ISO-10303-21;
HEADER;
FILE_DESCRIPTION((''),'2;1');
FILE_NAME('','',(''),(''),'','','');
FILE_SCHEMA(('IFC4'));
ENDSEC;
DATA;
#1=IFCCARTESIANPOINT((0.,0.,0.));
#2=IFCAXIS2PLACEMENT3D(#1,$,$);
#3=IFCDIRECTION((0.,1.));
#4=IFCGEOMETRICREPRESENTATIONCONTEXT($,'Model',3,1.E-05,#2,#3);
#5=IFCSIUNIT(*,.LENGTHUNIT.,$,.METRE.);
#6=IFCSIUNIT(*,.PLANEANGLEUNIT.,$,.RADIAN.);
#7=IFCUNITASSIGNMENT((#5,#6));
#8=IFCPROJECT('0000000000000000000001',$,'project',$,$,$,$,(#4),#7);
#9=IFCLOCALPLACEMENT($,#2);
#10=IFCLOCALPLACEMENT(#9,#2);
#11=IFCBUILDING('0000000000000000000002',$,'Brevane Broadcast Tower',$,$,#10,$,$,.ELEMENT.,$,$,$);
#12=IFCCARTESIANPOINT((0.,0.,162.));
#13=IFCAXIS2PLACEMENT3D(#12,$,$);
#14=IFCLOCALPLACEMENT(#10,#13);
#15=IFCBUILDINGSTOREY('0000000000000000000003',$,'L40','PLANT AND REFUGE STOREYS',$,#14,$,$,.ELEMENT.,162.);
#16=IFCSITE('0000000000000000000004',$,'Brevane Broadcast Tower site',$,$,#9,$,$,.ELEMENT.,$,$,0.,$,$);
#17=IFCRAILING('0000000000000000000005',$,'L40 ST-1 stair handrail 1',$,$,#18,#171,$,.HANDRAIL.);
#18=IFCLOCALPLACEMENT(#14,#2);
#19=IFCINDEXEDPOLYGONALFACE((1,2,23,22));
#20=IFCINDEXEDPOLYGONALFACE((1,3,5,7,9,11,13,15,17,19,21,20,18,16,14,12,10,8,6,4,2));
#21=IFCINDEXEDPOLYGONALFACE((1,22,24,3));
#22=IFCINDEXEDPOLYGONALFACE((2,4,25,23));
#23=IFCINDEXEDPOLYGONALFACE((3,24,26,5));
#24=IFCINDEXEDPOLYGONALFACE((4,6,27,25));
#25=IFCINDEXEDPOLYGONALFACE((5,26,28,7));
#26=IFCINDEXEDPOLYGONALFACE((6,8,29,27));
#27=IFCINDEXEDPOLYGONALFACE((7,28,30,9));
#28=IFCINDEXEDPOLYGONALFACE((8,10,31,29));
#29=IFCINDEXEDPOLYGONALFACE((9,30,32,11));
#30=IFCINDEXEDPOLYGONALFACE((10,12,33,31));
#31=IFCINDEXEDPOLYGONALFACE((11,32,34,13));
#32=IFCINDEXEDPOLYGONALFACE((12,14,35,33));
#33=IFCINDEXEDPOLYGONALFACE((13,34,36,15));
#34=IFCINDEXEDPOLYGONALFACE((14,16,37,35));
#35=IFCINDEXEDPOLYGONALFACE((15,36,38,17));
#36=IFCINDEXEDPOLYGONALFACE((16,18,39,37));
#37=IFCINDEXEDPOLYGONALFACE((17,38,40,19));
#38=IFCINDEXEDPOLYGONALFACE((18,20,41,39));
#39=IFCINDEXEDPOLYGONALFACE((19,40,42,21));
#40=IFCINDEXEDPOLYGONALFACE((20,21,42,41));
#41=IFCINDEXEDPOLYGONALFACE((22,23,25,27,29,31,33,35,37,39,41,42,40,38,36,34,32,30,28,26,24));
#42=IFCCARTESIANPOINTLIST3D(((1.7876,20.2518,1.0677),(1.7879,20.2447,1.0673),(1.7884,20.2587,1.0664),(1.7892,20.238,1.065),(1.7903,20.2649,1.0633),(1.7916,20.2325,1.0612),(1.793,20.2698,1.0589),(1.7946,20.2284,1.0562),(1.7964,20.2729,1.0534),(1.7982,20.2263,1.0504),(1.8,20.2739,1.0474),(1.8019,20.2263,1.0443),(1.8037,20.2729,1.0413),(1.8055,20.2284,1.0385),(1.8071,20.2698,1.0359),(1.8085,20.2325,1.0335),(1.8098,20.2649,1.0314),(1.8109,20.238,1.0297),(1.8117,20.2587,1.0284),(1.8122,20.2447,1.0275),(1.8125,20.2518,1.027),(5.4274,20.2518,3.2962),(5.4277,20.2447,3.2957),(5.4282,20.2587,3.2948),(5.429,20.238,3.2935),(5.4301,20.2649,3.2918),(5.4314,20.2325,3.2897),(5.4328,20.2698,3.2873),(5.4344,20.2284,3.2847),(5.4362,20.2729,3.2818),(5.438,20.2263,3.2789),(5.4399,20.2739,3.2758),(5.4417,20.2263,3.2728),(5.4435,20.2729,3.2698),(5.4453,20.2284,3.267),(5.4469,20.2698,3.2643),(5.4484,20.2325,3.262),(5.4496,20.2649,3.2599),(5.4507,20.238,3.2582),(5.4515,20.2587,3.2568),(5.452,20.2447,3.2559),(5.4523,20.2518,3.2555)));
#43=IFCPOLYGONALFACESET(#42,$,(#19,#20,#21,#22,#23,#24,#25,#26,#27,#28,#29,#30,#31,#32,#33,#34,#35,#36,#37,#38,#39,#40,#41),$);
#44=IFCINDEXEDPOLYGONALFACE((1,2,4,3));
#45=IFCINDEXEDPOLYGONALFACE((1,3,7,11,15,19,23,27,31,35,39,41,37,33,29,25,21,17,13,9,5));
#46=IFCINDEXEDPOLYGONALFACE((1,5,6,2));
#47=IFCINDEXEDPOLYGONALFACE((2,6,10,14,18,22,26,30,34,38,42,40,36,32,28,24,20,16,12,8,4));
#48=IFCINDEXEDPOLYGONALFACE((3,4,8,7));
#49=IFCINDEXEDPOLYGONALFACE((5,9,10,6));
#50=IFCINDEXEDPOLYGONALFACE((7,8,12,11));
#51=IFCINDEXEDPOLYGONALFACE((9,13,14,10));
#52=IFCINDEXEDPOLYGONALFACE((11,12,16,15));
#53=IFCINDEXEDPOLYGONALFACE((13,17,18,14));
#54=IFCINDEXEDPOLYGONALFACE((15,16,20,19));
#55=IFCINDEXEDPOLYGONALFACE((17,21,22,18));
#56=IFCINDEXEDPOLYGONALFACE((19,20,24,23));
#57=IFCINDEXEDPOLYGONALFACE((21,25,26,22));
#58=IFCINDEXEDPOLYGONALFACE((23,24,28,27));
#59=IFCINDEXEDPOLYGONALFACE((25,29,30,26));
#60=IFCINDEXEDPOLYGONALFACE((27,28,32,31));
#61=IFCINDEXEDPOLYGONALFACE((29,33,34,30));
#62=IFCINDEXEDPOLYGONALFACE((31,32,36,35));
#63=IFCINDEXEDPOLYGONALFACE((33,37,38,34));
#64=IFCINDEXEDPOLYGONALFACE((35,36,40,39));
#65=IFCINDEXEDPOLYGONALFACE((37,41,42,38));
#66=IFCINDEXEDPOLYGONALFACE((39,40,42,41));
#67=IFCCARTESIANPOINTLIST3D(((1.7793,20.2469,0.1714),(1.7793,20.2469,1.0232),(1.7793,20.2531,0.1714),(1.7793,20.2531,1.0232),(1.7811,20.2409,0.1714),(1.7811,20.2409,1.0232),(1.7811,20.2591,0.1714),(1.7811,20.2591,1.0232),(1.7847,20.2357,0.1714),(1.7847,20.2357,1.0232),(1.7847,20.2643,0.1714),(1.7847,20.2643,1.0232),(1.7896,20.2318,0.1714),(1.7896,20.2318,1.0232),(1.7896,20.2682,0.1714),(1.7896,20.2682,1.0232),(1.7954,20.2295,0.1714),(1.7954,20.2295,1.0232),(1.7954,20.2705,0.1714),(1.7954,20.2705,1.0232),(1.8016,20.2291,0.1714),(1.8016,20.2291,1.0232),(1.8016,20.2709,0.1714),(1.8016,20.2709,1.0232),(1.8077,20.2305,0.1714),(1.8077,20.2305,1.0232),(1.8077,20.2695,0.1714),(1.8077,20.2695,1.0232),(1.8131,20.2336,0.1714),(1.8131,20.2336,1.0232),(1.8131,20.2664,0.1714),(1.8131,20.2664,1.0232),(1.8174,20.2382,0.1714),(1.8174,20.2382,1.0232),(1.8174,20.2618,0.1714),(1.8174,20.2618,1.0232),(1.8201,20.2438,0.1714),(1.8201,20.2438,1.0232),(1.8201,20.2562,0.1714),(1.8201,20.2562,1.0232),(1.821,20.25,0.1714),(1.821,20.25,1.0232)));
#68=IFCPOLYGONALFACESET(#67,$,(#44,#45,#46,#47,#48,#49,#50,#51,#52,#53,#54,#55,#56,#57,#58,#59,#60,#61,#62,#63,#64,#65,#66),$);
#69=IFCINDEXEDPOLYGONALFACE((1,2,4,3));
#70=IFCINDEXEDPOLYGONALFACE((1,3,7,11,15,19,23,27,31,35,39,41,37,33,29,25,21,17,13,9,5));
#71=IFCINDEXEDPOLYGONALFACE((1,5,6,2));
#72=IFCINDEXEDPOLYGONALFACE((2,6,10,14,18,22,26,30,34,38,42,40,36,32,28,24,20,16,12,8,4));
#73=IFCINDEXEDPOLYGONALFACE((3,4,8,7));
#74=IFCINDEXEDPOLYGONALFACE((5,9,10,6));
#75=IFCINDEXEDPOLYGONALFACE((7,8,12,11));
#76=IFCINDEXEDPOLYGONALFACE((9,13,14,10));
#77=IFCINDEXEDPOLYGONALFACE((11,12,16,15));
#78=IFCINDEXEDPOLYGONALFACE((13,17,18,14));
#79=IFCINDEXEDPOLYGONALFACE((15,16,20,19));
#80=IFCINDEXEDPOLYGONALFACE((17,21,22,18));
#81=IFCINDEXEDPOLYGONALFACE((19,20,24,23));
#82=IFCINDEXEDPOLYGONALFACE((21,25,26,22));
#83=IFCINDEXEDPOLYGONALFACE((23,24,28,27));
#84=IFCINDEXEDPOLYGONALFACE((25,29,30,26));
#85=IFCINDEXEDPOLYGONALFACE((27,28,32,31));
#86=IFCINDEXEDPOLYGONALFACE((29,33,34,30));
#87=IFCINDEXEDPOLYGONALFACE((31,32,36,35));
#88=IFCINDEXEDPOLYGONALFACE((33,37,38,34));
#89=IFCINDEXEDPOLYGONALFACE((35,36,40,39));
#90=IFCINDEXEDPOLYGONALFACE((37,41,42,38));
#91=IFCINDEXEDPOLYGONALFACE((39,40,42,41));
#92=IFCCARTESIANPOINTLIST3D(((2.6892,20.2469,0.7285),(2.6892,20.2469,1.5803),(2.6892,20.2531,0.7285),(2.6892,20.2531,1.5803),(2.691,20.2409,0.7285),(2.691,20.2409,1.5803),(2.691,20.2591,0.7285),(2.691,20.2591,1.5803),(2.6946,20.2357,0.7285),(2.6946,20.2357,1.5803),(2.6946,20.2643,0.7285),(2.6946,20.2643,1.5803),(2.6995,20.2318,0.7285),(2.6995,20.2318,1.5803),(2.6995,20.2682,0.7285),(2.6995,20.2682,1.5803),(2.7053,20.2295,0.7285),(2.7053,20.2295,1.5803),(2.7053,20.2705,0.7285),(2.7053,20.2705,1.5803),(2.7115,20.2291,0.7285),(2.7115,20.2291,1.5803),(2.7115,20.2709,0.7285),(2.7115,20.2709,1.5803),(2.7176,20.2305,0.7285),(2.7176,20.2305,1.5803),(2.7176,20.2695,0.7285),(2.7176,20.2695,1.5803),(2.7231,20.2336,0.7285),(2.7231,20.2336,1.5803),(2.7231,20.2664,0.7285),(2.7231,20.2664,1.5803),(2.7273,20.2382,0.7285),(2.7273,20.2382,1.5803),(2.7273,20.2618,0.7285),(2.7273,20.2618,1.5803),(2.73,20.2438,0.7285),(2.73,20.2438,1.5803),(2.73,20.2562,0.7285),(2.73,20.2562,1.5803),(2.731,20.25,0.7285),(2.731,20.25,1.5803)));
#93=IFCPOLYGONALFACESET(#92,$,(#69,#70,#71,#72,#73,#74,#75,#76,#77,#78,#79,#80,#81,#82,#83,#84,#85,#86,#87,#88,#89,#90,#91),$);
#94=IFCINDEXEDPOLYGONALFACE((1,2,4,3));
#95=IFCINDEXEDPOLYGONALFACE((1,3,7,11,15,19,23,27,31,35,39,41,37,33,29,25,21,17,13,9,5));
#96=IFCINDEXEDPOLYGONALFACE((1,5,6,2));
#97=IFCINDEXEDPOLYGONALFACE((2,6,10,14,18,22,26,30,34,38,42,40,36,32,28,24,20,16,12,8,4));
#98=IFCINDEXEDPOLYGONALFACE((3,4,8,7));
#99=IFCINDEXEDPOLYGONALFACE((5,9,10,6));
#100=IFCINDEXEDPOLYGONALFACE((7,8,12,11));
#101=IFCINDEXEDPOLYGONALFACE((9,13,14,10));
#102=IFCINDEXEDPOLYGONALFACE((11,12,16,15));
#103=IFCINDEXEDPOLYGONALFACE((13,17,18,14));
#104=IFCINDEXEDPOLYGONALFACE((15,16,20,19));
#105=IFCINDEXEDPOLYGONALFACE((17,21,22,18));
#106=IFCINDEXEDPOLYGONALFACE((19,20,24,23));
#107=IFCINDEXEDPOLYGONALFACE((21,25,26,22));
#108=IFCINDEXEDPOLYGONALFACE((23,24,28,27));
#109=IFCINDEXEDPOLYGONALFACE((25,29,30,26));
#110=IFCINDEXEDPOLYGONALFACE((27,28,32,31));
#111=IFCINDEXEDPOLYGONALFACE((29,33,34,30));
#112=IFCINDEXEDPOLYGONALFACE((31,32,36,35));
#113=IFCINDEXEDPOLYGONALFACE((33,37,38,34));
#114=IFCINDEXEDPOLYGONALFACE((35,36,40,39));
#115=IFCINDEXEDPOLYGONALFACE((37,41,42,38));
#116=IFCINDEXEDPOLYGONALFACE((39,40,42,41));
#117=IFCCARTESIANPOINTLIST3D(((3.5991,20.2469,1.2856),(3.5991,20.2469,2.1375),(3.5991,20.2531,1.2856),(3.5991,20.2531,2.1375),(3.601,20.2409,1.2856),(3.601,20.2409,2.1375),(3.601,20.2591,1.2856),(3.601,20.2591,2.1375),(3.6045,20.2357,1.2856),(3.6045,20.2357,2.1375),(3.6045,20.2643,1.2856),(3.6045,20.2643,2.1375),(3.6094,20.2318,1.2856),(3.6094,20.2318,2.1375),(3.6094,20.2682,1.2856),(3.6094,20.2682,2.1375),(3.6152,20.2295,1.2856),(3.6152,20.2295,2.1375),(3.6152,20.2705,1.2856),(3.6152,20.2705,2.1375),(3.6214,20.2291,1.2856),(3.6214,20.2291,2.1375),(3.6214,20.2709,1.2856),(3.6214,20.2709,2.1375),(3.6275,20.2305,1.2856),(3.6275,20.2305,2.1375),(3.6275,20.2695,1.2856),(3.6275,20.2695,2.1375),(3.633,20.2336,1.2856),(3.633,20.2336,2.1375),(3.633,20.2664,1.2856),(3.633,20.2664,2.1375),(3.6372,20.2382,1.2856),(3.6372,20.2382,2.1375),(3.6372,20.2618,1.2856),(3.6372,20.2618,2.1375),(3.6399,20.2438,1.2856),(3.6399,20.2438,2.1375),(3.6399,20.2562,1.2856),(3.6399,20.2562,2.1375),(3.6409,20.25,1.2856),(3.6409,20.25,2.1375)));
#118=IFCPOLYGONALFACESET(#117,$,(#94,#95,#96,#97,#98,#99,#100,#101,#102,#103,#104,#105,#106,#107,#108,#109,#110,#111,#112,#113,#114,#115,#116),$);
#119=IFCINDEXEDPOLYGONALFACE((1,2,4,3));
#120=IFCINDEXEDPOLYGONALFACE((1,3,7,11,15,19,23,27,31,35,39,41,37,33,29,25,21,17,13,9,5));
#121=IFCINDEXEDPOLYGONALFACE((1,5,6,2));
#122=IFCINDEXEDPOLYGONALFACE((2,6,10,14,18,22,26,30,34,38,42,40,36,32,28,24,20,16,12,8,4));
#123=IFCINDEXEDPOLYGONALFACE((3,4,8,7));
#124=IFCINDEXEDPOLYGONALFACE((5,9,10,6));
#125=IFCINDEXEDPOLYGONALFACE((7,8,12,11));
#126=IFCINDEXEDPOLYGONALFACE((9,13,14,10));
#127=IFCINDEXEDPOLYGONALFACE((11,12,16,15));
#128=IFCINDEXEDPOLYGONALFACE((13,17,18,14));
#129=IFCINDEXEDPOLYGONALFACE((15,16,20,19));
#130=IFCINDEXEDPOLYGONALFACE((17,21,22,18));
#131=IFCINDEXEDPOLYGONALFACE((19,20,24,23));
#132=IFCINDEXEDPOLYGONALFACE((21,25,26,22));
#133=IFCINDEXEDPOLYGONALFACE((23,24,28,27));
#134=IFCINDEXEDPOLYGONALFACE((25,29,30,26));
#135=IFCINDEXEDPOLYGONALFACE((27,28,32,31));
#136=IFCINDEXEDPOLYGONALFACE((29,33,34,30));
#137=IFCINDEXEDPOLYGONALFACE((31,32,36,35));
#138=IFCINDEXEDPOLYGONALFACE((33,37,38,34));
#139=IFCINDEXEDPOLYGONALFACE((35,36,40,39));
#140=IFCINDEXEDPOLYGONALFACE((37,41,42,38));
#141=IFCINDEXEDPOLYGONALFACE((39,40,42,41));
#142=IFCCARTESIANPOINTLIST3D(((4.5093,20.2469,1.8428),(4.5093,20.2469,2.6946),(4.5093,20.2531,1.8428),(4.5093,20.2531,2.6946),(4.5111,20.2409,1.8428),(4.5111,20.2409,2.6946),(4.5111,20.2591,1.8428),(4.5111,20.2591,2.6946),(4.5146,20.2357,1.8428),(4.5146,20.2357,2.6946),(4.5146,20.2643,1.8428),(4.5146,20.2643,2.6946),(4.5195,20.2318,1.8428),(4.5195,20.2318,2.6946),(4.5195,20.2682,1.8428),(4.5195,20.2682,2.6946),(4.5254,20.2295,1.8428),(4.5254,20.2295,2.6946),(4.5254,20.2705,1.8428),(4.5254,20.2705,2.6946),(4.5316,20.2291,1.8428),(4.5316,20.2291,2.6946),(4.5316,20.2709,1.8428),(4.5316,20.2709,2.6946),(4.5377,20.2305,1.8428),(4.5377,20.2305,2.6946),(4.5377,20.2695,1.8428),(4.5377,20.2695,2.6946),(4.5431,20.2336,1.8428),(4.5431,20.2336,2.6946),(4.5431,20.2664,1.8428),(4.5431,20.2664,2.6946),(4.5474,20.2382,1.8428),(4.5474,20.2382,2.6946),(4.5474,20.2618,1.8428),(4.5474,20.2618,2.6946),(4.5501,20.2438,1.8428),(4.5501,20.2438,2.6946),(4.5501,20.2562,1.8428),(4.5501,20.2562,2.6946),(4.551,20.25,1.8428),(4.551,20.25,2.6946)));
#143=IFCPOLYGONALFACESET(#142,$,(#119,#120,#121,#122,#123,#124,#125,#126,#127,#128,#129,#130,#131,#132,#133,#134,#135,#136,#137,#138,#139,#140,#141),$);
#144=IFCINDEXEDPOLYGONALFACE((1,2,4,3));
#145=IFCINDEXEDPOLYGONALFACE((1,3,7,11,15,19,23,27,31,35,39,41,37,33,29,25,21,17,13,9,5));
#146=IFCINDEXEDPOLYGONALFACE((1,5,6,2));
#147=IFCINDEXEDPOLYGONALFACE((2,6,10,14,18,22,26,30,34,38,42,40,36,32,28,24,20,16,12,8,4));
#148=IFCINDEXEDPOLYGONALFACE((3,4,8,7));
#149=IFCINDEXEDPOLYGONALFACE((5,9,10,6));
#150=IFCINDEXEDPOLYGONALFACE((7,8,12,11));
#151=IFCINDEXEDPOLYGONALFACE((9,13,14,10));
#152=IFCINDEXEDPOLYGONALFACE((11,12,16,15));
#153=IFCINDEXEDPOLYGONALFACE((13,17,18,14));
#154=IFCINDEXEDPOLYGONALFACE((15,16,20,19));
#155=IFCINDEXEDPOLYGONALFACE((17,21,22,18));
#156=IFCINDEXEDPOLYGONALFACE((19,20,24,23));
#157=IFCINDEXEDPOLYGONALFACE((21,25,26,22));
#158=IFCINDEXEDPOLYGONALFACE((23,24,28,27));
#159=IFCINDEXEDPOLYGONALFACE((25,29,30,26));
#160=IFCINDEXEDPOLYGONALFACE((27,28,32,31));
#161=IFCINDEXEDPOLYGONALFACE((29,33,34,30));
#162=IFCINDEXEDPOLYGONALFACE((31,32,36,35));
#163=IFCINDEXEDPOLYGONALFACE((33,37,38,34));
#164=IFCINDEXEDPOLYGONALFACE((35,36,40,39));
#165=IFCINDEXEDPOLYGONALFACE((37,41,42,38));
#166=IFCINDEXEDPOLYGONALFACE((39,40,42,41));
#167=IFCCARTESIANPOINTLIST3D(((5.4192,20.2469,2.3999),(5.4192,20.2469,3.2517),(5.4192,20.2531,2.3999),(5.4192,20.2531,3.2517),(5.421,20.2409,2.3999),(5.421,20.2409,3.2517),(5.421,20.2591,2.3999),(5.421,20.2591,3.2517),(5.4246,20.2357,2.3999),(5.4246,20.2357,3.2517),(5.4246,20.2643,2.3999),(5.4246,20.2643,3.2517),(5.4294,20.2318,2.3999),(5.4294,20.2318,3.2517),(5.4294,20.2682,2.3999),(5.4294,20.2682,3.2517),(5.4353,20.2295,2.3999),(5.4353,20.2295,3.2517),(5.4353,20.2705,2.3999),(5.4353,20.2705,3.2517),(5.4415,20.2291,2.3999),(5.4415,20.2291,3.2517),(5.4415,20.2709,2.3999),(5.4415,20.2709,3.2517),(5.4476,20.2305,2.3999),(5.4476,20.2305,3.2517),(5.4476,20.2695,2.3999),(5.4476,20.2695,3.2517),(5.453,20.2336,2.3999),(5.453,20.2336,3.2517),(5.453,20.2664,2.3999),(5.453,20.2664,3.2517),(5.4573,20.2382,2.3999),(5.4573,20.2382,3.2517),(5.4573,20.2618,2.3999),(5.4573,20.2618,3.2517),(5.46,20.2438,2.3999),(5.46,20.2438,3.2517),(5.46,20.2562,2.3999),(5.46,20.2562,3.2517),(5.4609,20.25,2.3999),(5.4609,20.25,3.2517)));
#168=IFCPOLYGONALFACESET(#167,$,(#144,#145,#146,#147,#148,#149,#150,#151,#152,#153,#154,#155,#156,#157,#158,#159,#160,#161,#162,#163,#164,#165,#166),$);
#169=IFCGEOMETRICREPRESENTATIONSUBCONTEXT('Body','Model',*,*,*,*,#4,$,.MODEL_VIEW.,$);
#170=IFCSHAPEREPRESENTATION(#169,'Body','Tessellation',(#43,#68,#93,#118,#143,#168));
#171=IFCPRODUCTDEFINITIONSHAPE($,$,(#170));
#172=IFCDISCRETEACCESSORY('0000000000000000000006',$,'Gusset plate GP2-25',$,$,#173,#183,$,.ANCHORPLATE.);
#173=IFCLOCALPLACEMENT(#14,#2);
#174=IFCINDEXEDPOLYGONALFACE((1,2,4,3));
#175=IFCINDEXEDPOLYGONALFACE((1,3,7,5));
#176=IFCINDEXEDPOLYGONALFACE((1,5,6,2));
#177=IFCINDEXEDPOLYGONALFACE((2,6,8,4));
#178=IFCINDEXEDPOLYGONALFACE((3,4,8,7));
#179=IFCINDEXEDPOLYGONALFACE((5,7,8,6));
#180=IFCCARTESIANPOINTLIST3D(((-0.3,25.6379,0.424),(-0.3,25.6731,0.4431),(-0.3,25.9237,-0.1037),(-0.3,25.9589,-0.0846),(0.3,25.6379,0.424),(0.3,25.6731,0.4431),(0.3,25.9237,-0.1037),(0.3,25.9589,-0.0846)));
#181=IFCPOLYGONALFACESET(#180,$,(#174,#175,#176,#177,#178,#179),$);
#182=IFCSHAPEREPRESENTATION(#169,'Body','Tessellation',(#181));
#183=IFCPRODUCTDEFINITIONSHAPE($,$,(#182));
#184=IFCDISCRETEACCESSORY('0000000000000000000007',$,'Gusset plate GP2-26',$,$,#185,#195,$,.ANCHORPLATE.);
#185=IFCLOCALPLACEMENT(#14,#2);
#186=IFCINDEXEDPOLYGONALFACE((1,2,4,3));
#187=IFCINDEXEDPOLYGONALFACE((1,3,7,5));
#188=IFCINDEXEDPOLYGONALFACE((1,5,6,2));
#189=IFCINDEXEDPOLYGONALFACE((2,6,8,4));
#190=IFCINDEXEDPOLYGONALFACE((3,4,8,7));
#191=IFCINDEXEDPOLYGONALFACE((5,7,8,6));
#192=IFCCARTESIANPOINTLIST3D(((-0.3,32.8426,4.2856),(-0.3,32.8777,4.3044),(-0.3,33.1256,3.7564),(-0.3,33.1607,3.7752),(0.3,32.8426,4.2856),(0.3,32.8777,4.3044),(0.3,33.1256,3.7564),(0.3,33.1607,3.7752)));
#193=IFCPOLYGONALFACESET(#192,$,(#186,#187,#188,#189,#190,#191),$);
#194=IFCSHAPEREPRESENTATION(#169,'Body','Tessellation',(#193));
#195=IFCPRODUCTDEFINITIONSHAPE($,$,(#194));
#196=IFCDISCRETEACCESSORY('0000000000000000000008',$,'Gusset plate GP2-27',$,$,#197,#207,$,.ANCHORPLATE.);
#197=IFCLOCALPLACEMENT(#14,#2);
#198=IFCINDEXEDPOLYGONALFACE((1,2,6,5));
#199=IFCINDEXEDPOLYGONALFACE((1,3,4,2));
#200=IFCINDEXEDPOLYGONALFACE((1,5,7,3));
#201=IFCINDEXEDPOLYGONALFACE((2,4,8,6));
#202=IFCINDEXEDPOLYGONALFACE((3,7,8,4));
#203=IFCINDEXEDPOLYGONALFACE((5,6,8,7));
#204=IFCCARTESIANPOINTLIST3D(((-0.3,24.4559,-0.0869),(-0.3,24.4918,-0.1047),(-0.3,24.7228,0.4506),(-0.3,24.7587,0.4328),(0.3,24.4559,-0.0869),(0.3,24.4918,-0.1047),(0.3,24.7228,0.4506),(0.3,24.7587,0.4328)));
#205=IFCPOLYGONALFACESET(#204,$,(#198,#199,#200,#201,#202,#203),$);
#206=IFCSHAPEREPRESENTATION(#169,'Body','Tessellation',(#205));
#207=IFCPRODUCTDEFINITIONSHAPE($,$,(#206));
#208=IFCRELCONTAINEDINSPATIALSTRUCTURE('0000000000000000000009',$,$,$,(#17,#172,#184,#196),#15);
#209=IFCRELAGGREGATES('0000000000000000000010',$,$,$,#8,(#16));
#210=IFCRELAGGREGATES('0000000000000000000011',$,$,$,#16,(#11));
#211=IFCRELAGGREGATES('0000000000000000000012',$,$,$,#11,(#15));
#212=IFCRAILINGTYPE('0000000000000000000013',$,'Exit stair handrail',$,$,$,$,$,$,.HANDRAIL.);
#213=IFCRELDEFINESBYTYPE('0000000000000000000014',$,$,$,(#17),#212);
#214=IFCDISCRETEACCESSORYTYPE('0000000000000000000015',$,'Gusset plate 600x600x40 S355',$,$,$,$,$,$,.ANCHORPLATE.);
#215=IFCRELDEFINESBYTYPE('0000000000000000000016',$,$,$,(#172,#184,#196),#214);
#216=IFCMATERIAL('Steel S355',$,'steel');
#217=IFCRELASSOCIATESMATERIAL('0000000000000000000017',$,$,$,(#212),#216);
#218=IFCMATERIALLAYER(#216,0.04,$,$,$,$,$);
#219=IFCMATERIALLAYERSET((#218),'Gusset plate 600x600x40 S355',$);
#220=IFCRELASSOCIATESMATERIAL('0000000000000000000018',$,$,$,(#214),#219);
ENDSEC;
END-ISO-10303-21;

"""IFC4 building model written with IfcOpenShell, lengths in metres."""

from ifc_helpers import new_model, si_unit, direction, frame, origin, origin_2d, place, context, subcontext, project, spatial, rectangle, circle, extrude, material, layer, layer_set, type_object, element, save


model = new_model("IFC4")

# Units and contexts
model_context = context("Model", 3, precision=1e-05, world=origin(), true_north=direction((0.0, 1.0)))
body_context = subcontext(model_context, "Body", "Model", "MODEL_VIEW")
ifc_project = project(units=[si_unit("LENGTHUNIT", "METRE"), si_unit("PLANEANGLEUNIT", "RADIAN")], contexts=[model_context])

# Site, building, storey
site_placement = place(None, origin())
site = spatial("IfcSite", under=ifc_project, at=site_placement, Name="Brevane Broadcast Tower site", CompositionType="ELEMENT", RefElevation=0.0)
building_placement = place(site_placement, origin())
building = spatial("IfcBuilding", under=site, at=building_placement, Name="Brevane Broadcast Tower", CompositionType="ELEMENT")
storey_placement = place(building_placement, frame((0.0, 0.0, 162.0)))
storey = spatial("IfcBuildingStorey", under=building, at=storey_placement, Name="L40", Description="PLANT AND REFUGE STOREYS", CompositionType="ELEMENT", Elevation=162.0)

# Shared definitions
ifc_material_1 = material(Name="Steel S355", Category="steel")

# Railing
railing_type_1 = type_object("IfcRailingType", Name="Exit stair handrail", PredefinedType="HANDRAIL", material=ifc_material_1)
railing_1_placement = place(storey_placement, frame((1.8, 20.25, 0.1714)))
element("IfcRailing", 1, at=railing_1_placement, inside=storey, type_object=railing_type_1, Name="L40 ST-1 stair handrail 1", PredefinedType="HANDRAIL", context=body_context, shape_type="SweptSolid", body=[
    extrude(circle(Radius=0.0239, at=origin_2d()), frame((0.0, 0.0, 0.876), z_axis=(0.85285, 0.0, 0.522156), x_axis=(0.0, 1.0, 0.0)), (0.0, 0.0, 1.0), 4.2678),
    extrude(circle(Radius=0.021, at=origin_2d()), origin(), (0.0, 0.0, 1.0), 0.8518),
    extrude(circle(Radius=0.021, at=origin_2d()), frame((0.9099, 0.0, 0.5571)), (0.0, 0.0, 1.0), 0.8518),
    extrude(circle(Radius=0.021, at=origin_2d()), frame((1.8198, 0.0, 1.1143)), (0.0, 0.0, 1.0), 0.8518),
    extrude(circle(Radius=0.021, at=origin_2d()), frame((2.73, 0.0, 1.6714)), (0.0, 0.0, 1.0), 0.8518),
    extrude(circle(Radius=0.021, at=origin_2d()), frame((3.6399, 0.0, 2.2285)), (0.0, 0.0, 1.0), 0.8518),
])

# Discrete accessories
ifc_layer_1 = layer(ifc_material_1, 0.04)
ifc_layer_set_1 = layer_set([ifc_layer_1], Name="Gusset plate 600x600x40 S355")
discrete_accessory_type = type_object("IfcDiscreteAccessoryType", Name="Gusset plate 600x600x40 S355", PredefinedType="ANCHORPLATE", material=ifc_layer_set_1)
discrete_accessory_1_placement = place(storey_placement, frame((0.0, 25.7808, 0.1602), z_axis=(0.0, 0.879292, 0.476283), x_axis=(-1.0, 0.0, 0.0)))
element("IfcDiscreteAccessory", 2, at=discrete_accessory_1_placement, inside=storey, type_object=discrete_accessory_type, Name="Gusset plate GP2-25", PredefinedType="ANCHORPLATE", context=body_context, shape_type="SweptSolid", body=[
    extrude(rectangle(XDim=0.6001, YDim=0.6001, at=origin_2d()), origin(), (0.0, 0.0, 1.0), 0.04),
])
discrete_accessory_2_placement = place(storey_placement, frame((0.0, 32.9841, 4.021), z_axis=(0.0, 0.881844, 0.471542), x_axis=(-1.0, 0.0, 0.0)))
element("IfcDiscreteAccessory", 3, at=discrete_accessory_2_placement, inside=storey, type_object=discrete_accessory_type, Name="Gusset plate GP2-26", PredefinedType="ANCHORPLATE", context=body_context, shape_type="SweptSolid", body=[
    extrude(rectangle(XDim=0.6001, YDim=0.6001, at=origin_2d()), origin(), (0.0, 0.0, 1.0), 0.0398),
])
for number, where, z_axis, x_axis, name in (
    (4, (0.0, 24.6252, 0.1641), (0.0, -0.895642, 0.444775), (1.0, 0.0, 0.0), "Gusset plate GP2-27"),
):
    element("IfcDiscreteAccessory", number, at=place(storey_placement, frame(where, z_axis=z_axis, x_axis=x_axis)), inside=storey, type_object=discrete_accessory_type, Name=name, PredefinedType="ANCHORPLATE", context=body_context, shape_type="SweptSolid", body=[
        extrude(rectangle(XDim=0.6001, YDim=0.6001, at=origin_2d()), origin(), (0.0, 0.0, 1.0), 0.04),
    ])

save(model, "model.ifc")
